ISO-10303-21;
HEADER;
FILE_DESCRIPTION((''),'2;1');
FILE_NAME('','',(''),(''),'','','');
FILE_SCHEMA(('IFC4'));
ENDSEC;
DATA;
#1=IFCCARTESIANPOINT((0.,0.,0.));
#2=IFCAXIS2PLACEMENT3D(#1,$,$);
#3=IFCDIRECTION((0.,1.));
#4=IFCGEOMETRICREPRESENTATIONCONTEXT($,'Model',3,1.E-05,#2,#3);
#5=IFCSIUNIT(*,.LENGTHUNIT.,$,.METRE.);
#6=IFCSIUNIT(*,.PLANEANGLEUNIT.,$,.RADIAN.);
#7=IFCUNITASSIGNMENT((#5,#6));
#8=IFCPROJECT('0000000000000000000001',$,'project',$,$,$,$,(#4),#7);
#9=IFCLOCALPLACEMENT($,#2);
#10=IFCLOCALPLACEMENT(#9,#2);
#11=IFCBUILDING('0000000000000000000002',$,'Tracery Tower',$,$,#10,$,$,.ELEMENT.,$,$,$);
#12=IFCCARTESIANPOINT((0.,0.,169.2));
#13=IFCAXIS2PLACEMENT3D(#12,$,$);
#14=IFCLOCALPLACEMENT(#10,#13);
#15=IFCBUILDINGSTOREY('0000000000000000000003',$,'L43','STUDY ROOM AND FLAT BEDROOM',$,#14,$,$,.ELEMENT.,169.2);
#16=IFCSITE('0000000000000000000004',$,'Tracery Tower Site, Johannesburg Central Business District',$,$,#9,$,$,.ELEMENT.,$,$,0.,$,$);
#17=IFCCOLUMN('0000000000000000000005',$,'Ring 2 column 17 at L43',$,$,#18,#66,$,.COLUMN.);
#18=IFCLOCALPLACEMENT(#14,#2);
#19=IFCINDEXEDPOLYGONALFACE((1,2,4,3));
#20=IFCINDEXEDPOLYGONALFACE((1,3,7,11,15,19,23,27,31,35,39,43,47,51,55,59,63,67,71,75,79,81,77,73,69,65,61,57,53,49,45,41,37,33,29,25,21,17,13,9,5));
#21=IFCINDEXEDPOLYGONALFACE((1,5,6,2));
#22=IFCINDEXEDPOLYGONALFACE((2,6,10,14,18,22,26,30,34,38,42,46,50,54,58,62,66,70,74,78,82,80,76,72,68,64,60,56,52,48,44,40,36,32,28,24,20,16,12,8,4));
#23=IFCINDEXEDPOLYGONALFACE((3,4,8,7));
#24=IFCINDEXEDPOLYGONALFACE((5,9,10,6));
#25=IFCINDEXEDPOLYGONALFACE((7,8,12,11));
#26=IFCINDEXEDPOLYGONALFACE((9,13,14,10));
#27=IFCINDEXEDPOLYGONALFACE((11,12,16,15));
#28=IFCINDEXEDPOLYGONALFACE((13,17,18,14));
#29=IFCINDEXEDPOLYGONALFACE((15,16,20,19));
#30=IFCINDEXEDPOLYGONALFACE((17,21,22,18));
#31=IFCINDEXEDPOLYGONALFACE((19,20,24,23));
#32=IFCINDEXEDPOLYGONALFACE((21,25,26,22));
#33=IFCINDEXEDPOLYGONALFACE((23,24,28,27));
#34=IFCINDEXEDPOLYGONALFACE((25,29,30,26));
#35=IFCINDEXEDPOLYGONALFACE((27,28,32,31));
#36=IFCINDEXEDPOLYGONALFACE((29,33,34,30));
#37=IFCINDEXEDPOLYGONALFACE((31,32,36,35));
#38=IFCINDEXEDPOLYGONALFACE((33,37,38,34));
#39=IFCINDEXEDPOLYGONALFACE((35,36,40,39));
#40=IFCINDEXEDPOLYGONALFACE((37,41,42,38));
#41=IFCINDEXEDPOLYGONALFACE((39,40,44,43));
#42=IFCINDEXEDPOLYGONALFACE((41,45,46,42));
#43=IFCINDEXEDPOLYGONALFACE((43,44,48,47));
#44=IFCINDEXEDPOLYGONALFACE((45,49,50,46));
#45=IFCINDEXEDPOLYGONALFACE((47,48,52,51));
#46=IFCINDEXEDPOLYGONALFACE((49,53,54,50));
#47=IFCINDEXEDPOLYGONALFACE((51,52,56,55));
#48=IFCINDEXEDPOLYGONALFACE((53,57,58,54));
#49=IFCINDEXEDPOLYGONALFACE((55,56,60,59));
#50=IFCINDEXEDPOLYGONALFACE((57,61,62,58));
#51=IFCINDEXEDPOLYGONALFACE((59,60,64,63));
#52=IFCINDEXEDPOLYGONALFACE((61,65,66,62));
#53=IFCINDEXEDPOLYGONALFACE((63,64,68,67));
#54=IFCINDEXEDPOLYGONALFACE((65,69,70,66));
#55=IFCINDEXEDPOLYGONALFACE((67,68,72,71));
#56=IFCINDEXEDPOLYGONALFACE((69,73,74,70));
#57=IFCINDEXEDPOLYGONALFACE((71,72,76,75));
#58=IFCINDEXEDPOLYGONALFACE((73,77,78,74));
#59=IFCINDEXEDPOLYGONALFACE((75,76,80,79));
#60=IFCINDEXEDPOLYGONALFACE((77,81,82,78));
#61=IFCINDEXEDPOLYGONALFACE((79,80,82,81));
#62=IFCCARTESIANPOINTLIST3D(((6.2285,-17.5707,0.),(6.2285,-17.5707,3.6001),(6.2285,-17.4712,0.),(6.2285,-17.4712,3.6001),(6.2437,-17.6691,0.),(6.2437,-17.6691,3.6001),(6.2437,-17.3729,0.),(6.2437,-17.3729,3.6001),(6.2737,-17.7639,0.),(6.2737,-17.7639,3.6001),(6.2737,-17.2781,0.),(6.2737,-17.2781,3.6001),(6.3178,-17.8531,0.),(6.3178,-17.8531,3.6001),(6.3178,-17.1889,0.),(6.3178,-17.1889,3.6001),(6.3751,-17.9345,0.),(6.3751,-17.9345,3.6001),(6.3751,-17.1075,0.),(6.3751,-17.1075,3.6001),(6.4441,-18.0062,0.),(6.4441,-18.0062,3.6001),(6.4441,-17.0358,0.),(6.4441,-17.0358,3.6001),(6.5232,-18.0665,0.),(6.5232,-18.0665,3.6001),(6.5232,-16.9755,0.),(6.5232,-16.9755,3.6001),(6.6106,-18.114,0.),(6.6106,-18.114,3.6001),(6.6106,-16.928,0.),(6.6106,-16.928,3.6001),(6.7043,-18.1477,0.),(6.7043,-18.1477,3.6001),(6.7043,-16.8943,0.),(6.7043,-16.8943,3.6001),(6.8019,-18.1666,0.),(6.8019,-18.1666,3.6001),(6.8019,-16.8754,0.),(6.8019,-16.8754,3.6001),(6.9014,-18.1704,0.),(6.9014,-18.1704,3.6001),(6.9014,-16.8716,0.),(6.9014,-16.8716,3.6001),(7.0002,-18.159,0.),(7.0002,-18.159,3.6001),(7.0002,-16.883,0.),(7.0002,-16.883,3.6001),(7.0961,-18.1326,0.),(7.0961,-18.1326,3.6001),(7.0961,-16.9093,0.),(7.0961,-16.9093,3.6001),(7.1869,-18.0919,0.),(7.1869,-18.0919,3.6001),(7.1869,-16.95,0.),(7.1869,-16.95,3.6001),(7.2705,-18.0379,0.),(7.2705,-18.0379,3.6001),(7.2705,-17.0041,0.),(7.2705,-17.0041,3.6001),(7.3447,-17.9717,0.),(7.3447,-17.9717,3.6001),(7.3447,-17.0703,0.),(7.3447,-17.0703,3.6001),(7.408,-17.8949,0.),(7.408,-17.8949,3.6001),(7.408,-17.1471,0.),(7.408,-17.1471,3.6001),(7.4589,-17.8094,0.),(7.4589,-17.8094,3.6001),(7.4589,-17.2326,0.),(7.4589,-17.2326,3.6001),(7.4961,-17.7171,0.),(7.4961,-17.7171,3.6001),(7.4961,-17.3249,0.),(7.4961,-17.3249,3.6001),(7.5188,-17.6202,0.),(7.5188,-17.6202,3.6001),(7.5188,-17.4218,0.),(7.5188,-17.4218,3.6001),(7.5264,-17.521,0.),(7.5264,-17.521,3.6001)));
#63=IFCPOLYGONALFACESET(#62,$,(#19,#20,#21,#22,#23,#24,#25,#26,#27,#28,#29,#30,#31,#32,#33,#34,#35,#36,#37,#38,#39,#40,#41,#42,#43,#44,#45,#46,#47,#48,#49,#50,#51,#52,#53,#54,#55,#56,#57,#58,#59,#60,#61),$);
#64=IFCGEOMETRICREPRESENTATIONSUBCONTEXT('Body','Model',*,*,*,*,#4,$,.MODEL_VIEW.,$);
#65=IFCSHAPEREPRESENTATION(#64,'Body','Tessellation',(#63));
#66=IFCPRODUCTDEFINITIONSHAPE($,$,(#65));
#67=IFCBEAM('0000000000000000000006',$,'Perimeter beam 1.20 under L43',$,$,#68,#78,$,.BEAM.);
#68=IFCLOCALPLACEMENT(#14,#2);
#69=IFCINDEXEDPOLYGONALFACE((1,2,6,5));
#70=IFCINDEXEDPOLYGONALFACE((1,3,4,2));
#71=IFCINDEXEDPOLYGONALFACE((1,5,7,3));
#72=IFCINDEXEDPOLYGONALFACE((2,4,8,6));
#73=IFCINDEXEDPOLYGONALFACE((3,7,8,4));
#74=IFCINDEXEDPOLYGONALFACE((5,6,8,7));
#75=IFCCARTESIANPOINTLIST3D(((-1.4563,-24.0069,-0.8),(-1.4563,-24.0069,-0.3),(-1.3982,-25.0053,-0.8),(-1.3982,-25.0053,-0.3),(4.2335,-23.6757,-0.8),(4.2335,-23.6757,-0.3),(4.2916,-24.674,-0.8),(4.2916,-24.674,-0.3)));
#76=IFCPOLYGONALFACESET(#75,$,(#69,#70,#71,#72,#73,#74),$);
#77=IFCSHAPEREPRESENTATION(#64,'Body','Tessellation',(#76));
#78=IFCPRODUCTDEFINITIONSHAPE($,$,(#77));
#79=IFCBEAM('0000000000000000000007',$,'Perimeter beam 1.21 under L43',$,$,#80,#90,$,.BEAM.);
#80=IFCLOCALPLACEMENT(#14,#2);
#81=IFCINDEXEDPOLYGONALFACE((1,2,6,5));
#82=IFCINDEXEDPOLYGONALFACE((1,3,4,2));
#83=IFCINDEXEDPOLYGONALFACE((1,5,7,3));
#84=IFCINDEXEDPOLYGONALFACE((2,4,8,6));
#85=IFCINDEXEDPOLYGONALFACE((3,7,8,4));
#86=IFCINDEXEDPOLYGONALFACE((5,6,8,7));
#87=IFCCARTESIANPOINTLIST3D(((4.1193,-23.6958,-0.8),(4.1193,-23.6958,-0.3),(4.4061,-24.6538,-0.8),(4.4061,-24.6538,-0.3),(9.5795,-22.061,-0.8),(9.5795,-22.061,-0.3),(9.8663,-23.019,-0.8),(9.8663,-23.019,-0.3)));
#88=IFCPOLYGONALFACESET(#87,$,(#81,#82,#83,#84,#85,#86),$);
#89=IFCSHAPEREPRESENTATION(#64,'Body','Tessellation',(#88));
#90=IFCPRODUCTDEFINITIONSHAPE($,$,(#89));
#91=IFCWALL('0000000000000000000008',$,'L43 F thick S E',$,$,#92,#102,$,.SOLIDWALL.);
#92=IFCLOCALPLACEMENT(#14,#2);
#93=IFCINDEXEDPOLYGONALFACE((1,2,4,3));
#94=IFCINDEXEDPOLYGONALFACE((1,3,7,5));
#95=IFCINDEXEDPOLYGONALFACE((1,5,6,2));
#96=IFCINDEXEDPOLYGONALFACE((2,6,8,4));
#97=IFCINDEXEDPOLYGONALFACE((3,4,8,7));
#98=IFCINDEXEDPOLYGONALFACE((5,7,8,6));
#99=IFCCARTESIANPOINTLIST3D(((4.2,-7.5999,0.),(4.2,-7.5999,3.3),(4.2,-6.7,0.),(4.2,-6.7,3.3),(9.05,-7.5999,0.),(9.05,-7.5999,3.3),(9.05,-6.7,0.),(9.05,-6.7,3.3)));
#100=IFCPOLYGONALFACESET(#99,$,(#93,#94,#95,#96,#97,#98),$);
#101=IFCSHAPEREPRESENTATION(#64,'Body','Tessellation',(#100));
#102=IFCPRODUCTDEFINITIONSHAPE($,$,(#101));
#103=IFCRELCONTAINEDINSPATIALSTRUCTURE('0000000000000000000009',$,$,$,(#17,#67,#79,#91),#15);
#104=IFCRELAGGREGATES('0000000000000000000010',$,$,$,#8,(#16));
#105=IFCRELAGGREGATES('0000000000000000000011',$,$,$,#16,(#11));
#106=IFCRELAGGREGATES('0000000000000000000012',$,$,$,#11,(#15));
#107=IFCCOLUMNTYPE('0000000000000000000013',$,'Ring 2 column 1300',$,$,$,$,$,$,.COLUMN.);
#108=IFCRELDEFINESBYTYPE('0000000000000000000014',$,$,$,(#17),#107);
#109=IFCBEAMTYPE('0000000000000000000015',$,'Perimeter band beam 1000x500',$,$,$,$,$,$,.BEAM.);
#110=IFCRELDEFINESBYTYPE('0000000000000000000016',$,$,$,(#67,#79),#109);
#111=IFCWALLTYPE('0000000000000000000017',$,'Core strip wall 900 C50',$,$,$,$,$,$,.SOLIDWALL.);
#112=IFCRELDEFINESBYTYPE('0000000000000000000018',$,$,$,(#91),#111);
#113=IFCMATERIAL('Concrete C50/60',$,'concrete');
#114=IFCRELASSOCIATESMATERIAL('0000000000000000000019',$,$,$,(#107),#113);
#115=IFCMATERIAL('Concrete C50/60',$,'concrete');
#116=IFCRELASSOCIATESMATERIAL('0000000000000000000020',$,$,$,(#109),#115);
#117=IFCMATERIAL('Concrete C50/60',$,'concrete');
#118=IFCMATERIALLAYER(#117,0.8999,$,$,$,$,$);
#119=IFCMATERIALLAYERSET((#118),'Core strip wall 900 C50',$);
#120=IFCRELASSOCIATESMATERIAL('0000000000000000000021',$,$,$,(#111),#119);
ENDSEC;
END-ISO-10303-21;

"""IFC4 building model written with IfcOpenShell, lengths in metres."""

from ifc_helpers import new_model, si_unit, direction, frame, frame_2d, origin, origin_2d, place, context, subcontext, project, spatial, rectangle, circle, extrude, material, layer, layer_set, material_profile, profile_set, type_object, element, save


model = new_model("IFC4")

# Units and contexts
model_context = context("Model", 3, precision=1e-05, world=origin(), true_north=direction((0.0, 1.0)))
body_context = subcontext(model_context, "Body", "Model", "MODEL_VIEW")
ifc_project = project(units=[si_unit("LENGTHUNIT", "METRE"), si_unit("PLANEANGLEUNIT", "RADIAN")], contexts=[model_context])

# Site, building, storey
site_placement = place(None, origin())
site = spatial("IfcSite", under=ifc_project, at=site_placement, Name="Tracery Tower Site, Johannesburg Central Business District", CompositionType="ELEMENT", RefElevation=0.0)
building_placement = place(site_placement, origin())
building = spatial("IfcBuilding", under=site, at=building_placement, Name="Tracery Tower", CompositionType="ELEMENT")
storey_placement = place(building_placement, frame((0.0, 0.0, 169.2)))
storey = spatial("IfcBuildingStorey", under=building, at=storey_placement, Name="L43", Description="STUDY ROOM AND FLAT BEDROOM", CompositionType="ELEMENT", Elevation=169.2)

# Column
ifc_material_1 = material(Name="Concrete C50/60", Category="concrete")
ifc_material_profile_1 = material_profile(ifc_material_1, circle(Radius=0.6499, at=origin_2d()), Name="RC D1300")
ifc_profile_set_1 = profile_set([ifc_material_profile_1], Name="Concrete C50/60")
column_type_1 = type_object("IfcColumnType", Name="Ring 2 column 1300", PredefinedType="COLUMN", material=ifc_profile_set_1)
for number, where, z_axis, x_axis, name in (
    (1, (6.8765, -17.521, 0.0), (0.0, 0.0, 1.0), (1.0, 0.0, 0.0), "Ring 2 column 17 at L43"),
):
    element("IfcColumn", number, at=place(storey_placement, frame(where, z_axis=z_axis, x_axis=x_axis)), inside=storey, type_object=column_type_1, Name=name, PredefinedType="COLUMN", context=body_context, shape_type="SweptSolid", body=[
        extrude(circle(Radius=0.6499, at=origin_2d()), origin(), (0.0, 0.0, 1.0), 3.6001),
    ])

# Beams
ifc_material_2 = material(Name="Concrete C50/60", Category="concrete")
ifc_material_profile_2 = material_profile(ifc_material_2, rectangle(XDim=1.0, YDim=0.5, at=origin_2d()), Name="RC 1000x500")
ifc_profile_set_2 = profile_set([ifc_material_profile_2], Name="Concrete C50/60")
beam_type = type_object("IfcBeamType", Name="Perimeter band beam 1000x500", PredefinedType="BEAM", material=ifc_profile_set_2)
beam_1_placement = place(storey_placement, frame((-1.4272, -24.5061, -0.55), z_axis=(0.998309, 0.058127, 0.0), x_axis=(-0.058127, 0.998309, 0.0)))
element("IfcBeam", 2, at=beam_1_placement, inside=storey, type_object=beam_type, Name="Perimeter beam 1.20 under L43", PredefinedType="BEAM", context=body_context, shape_type="SweptSolid", body=[
    extrude(rectangle(XDim=1.0, YDim=0.5, at=origin_2d()), origin(), (0.0, 0.0, 1.0), 5.6995),
])
beam_2_placement = place(storey_placement, frame((4.2627, -24.1748, -0.55), z_axis=(0.957985, 0.286817, 0.0), x_axis=(-0.286817, 0.957985, 0.0)))
element("IfcBeam", 3, at=beam_2_placement, inside=storey, type_object=beam_type, Name="Perimeter beam 1.21 under L43", PredefinedType="BEAM", context=body_context, shape_type="SweptSolid", body=[
    extrude(rectangle(XDim=1.0, YDim=0.5, at=origin_2d()), origin(), (0.0, 0.0, 1.0), 5.6997),
])

# Wall
ifc_material_3 = material(Name="Concrete C50/60", Category="concrete")
ifc_layer_1 = layer(ifc_material_3, 0.8999)
ifc_layer_set_1 = layer_set([ifc_layer_1], Name="Core strip wall 900 C50")
wall_type_1 = type_object("IfcWallType", Name="Core strip wall 900 C50", PredefinedType="SOLIDWALL", material=ifc_layer_set_1)
wall_1_placement = place(storey_placement, frame((4.2, -7.1499, 0.0), z_axis=(0.0, 0.0, 1.0), x_axis=(1.0, 0.0, 0.0)))
element("IfcWall", 4, at=wall_1_placement, inside=storey, type_object=wall_type_1, Name="L43 F thick S E", PredefinedType="SOLIDWALL", context=body_context, shape_type="SweptSolid", body=[
    extrude(rectangle(XDim=4.8501, YDim=0.8999, at=frame_2d((2.425, 0.0))), origin(), (0.0, 0.0, 1.0), 3.3),
])

save(model, "model.ifc")
